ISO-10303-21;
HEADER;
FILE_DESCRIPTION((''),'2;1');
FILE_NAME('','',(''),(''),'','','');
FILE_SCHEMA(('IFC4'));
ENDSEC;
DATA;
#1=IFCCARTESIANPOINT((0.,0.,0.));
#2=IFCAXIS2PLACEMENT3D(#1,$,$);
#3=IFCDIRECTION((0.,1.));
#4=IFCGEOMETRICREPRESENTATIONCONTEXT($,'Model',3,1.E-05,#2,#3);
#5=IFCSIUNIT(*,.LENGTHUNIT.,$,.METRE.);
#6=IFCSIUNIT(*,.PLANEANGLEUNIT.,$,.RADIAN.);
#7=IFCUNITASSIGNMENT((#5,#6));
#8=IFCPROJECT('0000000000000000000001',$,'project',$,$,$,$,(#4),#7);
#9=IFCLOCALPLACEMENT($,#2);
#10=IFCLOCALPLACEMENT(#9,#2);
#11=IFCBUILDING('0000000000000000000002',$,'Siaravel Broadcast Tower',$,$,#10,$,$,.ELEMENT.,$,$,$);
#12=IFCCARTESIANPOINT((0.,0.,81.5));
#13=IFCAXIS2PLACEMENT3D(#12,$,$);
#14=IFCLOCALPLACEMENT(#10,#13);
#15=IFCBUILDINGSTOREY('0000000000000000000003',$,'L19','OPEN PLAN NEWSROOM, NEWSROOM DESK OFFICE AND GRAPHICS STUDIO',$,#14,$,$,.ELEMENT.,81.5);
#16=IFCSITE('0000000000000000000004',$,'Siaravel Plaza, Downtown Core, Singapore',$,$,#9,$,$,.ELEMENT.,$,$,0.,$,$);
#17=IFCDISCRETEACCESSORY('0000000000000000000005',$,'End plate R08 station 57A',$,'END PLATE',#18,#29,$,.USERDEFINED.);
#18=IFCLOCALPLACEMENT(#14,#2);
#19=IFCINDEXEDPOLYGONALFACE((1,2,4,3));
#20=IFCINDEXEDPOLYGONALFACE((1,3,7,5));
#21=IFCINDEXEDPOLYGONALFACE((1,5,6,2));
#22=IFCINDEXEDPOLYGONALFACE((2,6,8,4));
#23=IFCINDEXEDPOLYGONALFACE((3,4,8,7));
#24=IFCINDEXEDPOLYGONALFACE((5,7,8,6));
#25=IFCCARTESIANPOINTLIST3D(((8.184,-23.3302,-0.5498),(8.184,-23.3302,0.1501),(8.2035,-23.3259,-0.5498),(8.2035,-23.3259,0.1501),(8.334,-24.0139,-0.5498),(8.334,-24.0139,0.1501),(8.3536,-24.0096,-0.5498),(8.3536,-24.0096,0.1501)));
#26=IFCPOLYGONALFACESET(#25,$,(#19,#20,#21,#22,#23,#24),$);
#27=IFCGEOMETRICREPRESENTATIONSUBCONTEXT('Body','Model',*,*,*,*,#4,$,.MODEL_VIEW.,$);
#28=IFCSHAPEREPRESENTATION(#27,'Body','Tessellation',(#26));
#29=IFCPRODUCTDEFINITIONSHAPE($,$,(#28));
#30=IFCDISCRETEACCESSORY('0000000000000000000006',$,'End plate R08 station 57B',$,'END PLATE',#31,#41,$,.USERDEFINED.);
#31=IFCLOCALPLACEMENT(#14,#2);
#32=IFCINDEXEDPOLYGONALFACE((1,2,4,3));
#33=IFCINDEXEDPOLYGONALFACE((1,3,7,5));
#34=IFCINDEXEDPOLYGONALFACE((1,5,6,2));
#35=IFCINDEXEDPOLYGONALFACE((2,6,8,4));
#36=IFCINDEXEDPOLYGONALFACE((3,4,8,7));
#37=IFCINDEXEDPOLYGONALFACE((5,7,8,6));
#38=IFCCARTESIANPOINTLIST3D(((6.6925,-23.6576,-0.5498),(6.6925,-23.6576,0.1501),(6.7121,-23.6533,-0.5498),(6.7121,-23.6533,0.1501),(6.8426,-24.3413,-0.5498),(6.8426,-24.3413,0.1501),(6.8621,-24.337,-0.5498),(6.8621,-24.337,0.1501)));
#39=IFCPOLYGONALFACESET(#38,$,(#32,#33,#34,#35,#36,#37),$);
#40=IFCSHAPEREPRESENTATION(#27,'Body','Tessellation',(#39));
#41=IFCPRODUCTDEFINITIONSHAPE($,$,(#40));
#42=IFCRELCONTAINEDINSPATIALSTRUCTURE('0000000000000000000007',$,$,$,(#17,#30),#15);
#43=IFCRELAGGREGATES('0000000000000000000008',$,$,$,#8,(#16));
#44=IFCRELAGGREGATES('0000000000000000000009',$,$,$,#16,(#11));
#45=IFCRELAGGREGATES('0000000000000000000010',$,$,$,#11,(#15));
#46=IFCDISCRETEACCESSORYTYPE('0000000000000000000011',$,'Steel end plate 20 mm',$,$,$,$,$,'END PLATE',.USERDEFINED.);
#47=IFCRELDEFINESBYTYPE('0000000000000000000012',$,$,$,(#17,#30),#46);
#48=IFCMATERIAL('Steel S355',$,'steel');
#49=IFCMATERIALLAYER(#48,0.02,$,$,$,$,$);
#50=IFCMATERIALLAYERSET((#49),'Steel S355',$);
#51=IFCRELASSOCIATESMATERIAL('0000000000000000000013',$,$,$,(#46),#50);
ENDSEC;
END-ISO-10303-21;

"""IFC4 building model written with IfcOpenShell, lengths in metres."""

from ifc_helpers import new_model, si_unit, direction, frame, origin, origin_2d, place, context, subcontext, project, spatial, rectangle, extrude, material, layer, layer_set, type_object, element, save


model = new_model("IFC4")

# Units and contexts
model_context = context("Model", 3, precision=1e-05, world=origin(), true_north=direction((0.0, 1.0)))
body_context = subcontext(model_context, "Body", "Model", "MODEL_VIEW")
ifc_project = project(units=[si_unit("LENGTHUNIT", "METRE"), si_unit("PLANEANGLEUNIT", "RADIAN")], contexts=[model_context])

# Site, building, storey
site_placement = place(None, origin())
site = spatial("IfcSite", under=ifc_project, at=site_placement, Name="Siaravel Plaza, Downtown Core, Singapore", CompositionType="ELEMENT", RefElevation=0.0)
building_placement = place(site_placement, origin())
building = spatial("IfcBuilding", under=site, at=building_placement, Name="Siaravel Broadcast Tower", CompositionType="ELEMENT")
storey_placement = place(building_placement, frame((0.0, 0.0, 81.5)))
storey = spatial("IfcBuildingStorey", under=building, at=storey_placement, Name="L19", Description="OPEN PLAN NEWSROOM, NEWSROOM DESK OFFICE AND GRAPHICS STUDIO", CompositionType="ELEMENT", Elevation=81.5)

# Shared definitions
ifc_material_1 = material(Name="Steel S355", Category="steel")

# Discrete accessories
ifc_layer_1 = layer(ifc_material_1, 0.02)
ifc_layer_set_1 = layer_set([ifc_layer_1], Name="Steel S355")
discrete_accessory_type = type_object("IfcDiscreteAccessoryType", Name="Steel end plate 20 mm", ElementType="END PLATE", PredefinedType="USERDEFINED", material=ifc_layer_set_1)
for number, where, z_axis, x_axis, name in (
    (1, (8.2688, -23.6699, -0.5498), (0.0, 0.0, 1.0), (0.976751, 0.214377, 0.0), "End plate R08 station 57A"),
    (2, (6.7773, -23.9973, -0.5498), (0.0, 0.0, 1.0), (0.976751, 0.214377, 0.0), "End plate R08 station 57B"),
):
    element("IfcDiscreteAccessory", number, at=place(storey_placement, frame(where, z_axis=z_axis, x_axis=x_axis)), inside=storey, type_object=discrete_accessory_type, Name=name, ObjectType="END PLATE", PredefinedType="USERDEFINED", context=body_context, shape_type="SweptSolid", body=[
        extrude(rectangle(XDim=0.02, YDim=0.7, at=origin_2d()), origin(), (0.0, 0.0, 1.0), 0.7),
    ])

save(model, "model.ifc")
